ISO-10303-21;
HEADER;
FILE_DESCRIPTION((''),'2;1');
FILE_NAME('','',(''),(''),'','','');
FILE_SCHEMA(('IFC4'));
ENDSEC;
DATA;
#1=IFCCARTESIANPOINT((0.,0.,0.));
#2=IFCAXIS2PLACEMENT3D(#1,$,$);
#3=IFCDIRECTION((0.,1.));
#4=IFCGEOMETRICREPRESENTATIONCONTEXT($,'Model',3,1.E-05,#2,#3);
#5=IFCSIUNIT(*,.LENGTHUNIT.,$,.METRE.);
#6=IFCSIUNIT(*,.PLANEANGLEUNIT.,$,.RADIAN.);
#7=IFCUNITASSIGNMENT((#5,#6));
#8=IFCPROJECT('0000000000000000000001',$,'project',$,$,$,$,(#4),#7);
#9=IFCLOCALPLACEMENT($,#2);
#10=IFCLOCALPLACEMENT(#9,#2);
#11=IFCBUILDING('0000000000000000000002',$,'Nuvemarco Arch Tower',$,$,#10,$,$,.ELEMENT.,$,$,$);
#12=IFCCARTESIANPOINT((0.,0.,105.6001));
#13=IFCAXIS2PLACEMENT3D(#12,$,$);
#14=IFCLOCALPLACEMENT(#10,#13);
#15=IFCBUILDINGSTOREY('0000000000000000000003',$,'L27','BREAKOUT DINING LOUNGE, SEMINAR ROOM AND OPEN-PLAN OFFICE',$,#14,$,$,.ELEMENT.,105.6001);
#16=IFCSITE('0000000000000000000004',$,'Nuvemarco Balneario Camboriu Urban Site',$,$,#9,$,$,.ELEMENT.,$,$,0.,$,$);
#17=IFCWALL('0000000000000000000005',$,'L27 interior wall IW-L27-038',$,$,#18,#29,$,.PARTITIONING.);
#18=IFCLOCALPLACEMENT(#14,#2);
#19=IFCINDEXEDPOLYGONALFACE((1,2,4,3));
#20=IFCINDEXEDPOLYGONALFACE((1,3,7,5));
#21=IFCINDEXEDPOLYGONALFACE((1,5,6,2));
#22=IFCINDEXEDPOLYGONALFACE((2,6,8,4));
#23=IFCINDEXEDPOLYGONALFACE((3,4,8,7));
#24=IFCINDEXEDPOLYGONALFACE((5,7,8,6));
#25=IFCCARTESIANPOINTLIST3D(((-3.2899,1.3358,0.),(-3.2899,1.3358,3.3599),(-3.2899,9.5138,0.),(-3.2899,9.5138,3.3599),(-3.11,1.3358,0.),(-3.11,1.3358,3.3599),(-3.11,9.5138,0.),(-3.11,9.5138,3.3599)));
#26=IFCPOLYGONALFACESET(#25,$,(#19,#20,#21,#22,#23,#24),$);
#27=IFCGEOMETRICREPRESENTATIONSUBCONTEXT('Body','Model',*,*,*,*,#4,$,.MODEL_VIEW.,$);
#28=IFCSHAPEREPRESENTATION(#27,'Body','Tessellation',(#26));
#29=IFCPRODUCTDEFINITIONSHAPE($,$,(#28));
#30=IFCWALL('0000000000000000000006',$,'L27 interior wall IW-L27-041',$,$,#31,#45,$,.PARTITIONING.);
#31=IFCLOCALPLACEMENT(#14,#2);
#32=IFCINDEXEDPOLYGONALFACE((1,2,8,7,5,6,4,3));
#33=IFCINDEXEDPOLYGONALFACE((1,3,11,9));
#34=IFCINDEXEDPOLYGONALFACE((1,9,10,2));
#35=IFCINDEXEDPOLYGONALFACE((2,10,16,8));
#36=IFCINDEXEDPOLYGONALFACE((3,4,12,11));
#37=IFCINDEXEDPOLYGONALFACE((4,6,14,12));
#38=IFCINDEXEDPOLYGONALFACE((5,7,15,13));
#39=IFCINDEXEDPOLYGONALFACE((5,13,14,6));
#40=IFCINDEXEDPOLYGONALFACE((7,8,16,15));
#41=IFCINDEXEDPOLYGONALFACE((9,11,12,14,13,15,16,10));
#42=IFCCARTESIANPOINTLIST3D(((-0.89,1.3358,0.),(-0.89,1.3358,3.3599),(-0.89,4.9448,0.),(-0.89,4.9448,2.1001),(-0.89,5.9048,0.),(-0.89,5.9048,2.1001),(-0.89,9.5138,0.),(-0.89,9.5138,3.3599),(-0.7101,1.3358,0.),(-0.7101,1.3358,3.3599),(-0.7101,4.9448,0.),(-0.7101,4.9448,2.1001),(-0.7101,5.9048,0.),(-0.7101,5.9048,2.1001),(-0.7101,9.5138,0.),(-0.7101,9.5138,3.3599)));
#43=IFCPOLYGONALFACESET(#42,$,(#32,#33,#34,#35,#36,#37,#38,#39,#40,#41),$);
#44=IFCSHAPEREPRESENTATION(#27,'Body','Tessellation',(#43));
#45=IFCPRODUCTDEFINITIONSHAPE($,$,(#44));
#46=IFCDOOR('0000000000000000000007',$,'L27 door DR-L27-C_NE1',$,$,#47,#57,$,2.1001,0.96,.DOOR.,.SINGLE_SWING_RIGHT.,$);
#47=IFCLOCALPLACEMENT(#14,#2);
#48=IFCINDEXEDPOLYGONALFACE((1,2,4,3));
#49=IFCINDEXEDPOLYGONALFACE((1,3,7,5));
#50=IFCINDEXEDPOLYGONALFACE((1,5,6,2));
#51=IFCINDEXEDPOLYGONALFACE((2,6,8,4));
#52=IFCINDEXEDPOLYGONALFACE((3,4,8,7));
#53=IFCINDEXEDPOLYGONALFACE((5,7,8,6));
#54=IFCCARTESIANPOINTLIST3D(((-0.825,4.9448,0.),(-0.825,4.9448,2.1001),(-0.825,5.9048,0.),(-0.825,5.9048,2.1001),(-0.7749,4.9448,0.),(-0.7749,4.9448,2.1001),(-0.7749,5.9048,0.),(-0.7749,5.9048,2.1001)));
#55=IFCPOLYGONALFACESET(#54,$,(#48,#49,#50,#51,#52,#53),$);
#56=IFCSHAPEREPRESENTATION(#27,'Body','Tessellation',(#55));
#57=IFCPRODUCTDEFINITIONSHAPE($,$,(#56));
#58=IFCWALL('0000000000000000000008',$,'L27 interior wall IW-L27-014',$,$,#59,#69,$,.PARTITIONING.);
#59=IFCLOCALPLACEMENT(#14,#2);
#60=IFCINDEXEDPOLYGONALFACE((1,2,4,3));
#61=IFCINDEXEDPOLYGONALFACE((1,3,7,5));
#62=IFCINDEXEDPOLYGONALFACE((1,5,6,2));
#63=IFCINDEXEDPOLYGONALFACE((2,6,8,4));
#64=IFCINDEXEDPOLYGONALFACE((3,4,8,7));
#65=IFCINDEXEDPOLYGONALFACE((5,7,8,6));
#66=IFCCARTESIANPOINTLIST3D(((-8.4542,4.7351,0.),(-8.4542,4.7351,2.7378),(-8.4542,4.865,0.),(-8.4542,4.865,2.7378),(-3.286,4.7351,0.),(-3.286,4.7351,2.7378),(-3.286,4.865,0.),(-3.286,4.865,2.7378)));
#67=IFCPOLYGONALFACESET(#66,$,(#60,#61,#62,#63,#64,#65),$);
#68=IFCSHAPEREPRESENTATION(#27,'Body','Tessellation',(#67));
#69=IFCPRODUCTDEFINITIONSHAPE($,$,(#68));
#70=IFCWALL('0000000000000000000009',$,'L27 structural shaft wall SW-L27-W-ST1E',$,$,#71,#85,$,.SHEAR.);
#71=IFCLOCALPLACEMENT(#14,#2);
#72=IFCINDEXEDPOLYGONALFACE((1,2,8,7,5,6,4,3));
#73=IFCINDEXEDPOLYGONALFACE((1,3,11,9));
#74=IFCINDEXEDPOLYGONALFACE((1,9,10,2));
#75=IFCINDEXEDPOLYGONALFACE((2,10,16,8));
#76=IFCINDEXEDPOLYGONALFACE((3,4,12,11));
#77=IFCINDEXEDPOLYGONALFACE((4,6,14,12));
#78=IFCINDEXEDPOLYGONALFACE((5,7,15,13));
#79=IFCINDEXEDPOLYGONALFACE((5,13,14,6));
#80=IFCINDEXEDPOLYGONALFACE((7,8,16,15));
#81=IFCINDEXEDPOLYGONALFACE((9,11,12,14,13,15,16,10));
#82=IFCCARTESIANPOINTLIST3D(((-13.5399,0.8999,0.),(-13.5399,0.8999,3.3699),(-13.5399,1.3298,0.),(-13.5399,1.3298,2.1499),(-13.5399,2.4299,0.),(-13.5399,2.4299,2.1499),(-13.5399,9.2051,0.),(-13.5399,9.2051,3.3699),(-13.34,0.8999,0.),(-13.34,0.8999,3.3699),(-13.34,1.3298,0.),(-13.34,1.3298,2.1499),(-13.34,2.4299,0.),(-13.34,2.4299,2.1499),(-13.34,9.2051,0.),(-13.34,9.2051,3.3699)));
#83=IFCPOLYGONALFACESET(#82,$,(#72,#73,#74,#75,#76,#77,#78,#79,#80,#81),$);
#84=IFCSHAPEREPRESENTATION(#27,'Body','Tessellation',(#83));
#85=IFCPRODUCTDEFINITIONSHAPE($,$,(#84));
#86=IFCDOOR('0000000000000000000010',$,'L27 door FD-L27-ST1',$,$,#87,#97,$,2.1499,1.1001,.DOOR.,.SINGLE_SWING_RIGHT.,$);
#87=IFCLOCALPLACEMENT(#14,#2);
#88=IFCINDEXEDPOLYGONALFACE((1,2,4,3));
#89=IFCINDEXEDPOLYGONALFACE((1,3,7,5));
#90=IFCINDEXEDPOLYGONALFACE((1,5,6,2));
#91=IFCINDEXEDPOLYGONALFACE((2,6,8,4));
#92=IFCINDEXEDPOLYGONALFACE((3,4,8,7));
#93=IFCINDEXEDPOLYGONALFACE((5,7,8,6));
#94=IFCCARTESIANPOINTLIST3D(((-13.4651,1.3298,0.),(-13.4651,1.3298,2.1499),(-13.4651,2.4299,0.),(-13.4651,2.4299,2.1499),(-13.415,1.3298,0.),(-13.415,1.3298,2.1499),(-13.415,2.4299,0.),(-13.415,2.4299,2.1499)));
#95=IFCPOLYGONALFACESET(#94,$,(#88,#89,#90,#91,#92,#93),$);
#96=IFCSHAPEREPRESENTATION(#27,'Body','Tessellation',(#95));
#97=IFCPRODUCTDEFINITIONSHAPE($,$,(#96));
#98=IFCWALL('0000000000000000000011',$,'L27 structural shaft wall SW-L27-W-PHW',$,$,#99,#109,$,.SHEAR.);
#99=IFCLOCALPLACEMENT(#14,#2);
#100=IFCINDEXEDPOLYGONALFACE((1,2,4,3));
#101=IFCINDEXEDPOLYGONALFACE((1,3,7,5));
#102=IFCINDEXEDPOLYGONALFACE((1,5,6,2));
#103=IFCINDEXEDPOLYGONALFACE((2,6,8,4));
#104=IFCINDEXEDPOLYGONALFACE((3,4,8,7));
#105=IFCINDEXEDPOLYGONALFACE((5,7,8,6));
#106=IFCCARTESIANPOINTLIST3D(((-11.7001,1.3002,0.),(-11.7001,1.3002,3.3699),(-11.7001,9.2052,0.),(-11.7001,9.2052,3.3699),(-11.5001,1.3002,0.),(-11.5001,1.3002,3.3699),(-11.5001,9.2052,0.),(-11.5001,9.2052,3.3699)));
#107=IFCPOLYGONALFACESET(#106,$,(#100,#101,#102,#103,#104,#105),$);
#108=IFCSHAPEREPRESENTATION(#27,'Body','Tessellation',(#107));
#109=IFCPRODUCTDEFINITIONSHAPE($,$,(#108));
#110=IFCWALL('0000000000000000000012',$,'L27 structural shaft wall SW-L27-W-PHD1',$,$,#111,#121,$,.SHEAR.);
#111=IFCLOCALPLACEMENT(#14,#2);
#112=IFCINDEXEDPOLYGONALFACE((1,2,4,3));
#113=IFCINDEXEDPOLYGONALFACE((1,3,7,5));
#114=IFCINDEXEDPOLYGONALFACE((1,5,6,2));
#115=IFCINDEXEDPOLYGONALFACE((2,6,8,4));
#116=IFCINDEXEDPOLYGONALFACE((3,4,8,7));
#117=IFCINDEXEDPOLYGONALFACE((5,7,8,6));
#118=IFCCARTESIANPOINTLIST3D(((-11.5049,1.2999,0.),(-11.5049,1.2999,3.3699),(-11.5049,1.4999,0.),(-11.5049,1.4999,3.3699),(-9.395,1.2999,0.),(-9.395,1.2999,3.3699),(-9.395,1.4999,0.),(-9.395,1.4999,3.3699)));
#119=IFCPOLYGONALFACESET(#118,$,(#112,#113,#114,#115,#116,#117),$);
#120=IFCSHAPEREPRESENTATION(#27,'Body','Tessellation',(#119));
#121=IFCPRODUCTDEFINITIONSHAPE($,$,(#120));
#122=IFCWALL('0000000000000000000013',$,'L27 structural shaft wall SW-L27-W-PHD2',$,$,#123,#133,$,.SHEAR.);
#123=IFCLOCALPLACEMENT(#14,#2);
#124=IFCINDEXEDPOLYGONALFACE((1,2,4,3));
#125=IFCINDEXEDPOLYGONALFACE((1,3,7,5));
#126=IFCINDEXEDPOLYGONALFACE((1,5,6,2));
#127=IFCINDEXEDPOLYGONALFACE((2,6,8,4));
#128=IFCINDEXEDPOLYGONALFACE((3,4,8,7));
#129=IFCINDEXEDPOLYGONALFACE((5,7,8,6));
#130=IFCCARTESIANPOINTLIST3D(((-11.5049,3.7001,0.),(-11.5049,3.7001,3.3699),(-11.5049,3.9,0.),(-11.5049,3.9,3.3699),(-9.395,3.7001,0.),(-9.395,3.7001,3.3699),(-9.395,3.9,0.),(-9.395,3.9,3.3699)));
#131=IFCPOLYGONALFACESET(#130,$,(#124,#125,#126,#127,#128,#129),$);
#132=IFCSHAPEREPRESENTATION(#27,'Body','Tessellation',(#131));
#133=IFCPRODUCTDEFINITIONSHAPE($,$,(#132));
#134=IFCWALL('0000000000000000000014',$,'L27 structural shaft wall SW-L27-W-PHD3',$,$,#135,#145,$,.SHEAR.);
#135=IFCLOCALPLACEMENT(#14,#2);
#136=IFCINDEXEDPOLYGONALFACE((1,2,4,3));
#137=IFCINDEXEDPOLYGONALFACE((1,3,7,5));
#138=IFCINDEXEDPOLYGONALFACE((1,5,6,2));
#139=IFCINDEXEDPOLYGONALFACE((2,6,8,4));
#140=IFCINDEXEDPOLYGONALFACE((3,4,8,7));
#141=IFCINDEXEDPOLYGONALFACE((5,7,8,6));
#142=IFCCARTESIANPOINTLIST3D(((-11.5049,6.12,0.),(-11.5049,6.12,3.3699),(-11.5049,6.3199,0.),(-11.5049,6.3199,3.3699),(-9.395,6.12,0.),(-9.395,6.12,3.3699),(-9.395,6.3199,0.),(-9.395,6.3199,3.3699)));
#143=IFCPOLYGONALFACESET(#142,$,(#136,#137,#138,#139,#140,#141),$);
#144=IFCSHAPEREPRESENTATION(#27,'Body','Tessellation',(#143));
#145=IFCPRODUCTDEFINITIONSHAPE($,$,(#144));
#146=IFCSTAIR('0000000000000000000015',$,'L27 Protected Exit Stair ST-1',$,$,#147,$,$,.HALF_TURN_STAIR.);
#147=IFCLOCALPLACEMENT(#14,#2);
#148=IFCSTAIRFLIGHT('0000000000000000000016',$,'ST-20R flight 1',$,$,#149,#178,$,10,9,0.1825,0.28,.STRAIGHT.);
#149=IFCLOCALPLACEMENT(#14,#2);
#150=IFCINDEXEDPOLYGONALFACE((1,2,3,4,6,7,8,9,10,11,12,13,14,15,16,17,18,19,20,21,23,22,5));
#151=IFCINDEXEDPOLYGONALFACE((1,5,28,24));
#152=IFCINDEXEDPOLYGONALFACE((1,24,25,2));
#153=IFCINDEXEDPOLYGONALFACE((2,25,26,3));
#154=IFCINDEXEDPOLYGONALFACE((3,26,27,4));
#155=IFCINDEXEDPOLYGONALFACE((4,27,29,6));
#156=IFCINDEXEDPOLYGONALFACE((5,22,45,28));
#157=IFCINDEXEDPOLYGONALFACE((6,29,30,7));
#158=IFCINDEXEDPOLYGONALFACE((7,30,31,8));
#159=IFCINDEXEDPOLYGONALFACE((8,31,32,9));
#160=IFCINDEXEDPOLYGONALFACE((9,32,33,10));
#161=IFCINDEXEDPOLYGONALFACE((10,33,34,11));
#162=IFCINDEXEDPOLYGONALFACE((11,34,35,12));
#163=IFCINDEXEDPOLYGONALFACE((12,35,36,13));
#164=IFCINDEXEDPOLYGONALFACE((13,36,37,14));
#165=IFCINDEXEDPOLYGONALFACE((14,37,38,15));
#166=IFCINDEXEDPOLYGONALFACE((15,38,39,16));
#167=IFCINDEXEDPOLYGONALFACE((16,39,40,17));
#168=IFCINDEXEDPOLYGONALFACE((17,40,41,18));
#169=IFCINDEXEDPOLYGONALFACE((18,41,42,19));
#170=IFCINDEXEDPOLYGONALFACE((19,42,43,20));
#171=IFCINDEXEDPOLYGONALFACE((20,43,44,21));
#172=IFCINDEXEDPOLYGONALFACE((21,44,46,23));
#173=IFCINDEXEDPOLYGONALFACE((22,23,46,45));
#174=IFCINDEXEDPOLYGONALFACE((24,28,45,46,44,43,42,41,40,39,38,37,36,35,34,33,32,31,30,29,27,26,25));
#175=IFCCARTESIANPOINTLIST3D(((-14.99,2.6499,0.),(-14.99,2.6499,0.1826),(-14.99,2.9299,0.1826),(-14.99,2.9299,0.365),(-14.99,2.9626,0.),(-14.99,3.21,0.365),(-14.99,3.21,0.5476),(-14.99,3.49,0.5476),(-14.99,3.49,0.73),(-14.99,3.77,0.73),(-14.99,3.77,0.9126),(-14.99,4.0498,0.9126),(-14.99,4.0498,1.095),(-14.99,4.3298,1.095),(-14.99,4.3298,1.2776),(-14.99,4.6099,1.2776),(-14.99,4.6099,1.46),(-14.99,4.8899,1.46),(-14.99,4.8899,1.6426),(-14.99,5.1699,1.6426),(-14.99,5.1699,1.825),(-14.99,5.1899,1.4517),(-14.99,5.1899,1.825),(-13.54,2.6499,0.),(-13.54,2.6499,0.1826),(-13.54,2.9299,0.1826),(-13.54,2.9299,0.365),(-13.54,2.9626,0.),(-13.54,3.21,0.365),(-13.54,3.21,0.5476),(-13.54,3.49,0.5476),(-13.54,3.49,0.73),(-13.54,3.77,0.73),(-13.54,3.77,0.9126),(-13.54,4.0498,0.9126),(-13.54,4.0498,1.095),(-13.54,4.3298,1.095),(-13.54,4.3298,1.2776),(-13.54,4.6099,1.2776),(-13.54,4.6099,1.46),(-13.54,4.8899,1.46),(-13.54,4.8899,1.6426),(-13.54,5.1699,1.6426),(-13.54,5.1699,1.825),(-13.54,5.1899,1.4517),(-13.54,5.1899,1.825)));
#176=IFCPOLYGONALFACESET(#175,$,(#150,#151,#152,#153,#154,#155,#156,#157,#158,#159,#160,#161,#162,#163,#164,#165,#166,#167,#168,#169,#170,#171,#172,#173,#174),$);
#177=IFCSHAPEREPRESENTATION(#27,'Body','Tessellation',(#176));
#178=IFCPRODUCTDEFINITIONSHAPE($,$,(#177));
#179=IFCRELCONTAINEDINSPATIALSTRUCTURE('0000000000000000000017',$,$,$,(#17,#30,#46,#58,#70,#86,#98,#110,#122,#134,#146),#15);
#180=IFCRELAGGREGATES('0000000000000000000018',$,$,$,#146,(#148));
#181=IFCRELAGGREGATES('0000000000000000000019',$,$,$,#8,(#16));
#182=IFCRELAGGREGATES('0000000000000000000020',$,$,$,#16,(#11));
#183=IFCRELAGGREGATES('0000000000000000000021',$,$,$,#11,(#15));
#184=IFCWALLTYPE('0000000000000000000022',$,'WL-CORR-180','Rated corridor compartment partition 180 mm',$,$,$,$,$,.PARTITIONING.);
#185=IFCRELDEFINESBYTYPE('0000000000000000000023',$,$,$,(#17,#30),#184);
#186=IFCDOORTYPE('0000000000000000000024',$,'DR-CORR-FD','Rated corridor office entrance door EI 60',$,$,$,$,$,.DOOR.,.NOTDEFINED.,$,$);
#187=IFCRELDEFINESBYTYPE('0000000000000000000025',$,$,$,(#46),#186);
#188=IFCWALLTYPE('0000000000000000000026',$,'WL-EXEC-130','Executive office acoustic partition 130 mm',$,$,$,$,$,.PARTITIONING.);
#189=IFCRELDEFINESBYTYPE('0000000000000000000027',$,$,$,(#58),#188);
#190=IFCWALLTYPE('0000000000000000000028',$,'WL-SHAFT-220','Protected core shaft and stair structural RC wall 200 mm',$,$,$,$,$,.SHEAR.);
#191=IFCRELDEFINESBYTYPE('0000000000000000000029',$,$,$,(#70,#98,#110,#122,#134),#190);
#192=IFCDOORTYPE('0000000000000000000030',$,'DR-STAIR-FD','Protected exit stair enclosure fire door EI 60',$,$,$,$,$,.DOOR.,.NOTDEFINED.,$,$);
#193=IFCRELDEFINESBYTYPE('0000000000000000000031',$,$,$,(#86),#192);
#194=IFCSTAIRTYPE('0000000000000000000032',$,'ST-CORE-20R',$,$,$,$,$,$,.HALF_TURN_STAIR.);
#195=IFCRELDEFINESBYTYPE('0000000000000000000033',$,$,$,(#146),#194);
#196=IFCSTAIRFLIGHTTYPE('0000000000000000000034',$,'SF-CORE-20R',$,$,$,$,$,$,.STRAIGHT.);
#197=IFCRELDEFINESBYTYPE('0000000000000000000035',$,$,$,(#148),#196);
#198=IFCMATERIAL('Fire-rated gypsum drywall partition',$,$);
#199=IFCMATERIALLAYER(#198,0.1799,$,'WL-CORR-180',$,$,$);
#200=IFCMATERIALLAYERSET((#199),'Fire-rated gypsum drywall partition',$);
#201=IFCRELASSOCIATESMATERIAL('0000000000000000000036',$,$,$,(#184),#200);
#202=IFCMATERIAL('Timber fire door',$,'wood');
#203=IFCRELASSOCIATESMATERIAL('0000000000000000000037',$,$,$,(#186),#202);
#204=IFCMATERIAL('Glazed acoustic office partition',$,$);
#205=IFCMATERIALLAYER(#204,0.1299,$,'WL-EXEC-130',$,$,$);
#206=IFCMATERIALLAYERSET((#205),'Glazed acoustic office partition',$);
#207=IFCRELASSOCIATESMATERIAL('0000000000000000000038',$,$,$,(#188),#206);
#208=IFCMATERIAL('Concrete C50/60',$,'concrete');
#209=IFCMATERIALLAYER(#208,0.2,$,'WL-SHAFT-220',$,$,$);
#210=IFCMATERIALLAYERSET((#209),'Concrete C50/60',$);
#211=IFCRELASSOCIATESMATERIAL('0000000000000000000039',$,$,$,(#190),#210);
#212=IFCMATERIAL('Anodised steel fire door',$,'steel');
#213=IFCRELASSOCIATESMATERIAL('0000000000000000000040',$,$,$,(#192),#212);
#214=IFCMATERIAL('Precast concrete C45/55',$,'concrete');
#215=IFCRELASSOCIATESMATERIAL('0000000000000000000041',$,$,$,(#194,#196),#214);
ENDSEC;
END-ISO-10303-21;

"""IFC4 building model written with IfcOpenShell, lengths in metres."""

from ifc_helpers import new_model, si_unit, direction, frame, frame_2d, origin, place, context, subcontext, project, spatial, polyline, rectangle, outline, extrude, source, transform, mapped, material, layer, layer_set, type_object, type_shapes, element, fill, aggregate, save


model = new_model("IFC4")

# Units and contexts
model_context = context("Model", 3, precision=1e-05, world=origin(), true_north=direction((0.0, 1.0)))
body_context = subcontext(model_context, "Body", "Model", "MODEL_VIEW")
ifc_project = project(units=[si_unit("LENGTHUNIT", "METRE"), si_unit("PLANEANGLEUNIT", "RADIAN")], contexts=[model_context])

# Site, building, storey
site_placement = place(None, origin())
site = spatial("IfcSite", under=ifc_project, at=site_placement, Name="Nuvemarco Balneario Camboriu Urban Site", CompositionType="ELEMENT", RefElevation=0.0)
building_placement = place(site_placement, origin())
building = spatial("IfcBuilding", under=site, at=building_placement, Name="Nuvemarco Arch Tower", CompositionType="ELEMENT")
storey_placement = place(building_placement, frame((0.0, 0.0, 105.6001)))
storey = spatial("IfcBuildingStorey", under=building, at=storey_placement, Name="L27", Description="BREAKOUT DINING LOUNGE, SEMINAR ROOM AND OPEN-PLAN OFFICE", CompositionType="ELEMENT", Elevation=105.6001)

# Shared definitions
ifc_material_1 = material(Name="Fire-rated gypsum drywall partition")
ifc_layer_1 = layer(ifc_material_1, 0.1799, Name="WL-CORR-180")
ifc_layer_set_1 = layer_set([ifc_layer_1], Name="Fire-rated gypsum drywall partition")
wall_type_1 = type_object("IfcWallType", Name="WL-CORR-180", Description="Rated corridor compartment partition 180 mm", PredefinedType="PARTITIONING", material=ifc_layer_set_1)
ifc_material_2 = material(Name="Timber fire door", Category="wood")
door_type_1 = type_object("IfcDoorType", Name="DR-CORR-FD", Description="Rated corridor office entrance door EI 60", OperationType="NOTDEFINED", PredefinedType="DOOR", material=ifc_material_2)
shared_shape_1 = source(origin(), body_context, "Body", "SweptSolid", [
    extrude(rectangle(XDim=0.96, YDim=2.1001, at=frame_2d((0.48, 1.05))), frame((0.0, 0.0249, 0.0), z_axis=(0.0, -1.0, 0.0), x_axis=(1.0, 0.0, 0.0)), (0.0, 0.0, 1.0), 0.05),
])
type_shapes(door_type_1, [shared_shape_1])

# Wall
wall_1_placement = place(storey_placement, frame((-3.2, 1.3359, 0.0), z_axis=(0.0, 0.0, 1.0), x_axis=(0.0, 1.0, 0.0)))
element("IfcWall", 1, at=wall_1_placement, inside=storey, type_object=wall_type_1, Name="L27 interior wall IW-L27-038", PredefinedType="PARTITIONING", context=body_context, shape_type="SweptSolid", body=[
    extrude(rectangle(XDim=8.178, YDim=0.1799, at=frame_2d((4.0889, 0.0))), origin(), (0.0, 0.0, 1.0), 3.3599),
])

# Wall, opening, door
wall_2_placement = place(storey_placement, frame((-0.8, 1.3359, 0.0), z_axis=(0.0, 0.0, 1.0), x_axis=(0.0, 1.0, 0.0)))
wall_2 = element("IfcWall", 2, at=wall_2_placement, inside=storey, type_object=wall_type_1, Name="L27 interior wall IW-L27-041", PredefinedType="PARTITIONING", context=body_context, shape_type="SweptSolid", body=[
    extrude(rectangle(XDim=8.178, YDim=0.1799, at=frame_2d((4.0889, 0.0))), origin(), (0.0, 0.0, 1.0), 3.3599),
])
opening_1_placement = place(wall_2_placement, frame((3.6089, 0.0, 0.0)))
opening_1 = element("IfcOpeningElement", 3, at=opening_1_placement, cuts=wall_2, PredefinedType="OPENING", context=body_context, shape_type="SweptSolid", body=[
    extrude(rectangle(XDim=0.96, YDim=2.1001, at=frame_2d((0.48, 1.05))), frame((0.0, 0.0999, 0.0), z_axis=(0.0, -1.0, 0.0), x_axis=(1.0, 0.0, 0.0)), (0.0, 0.0, 1.0), 0.2),
])
door_1_placement = place(opening_1_placement, origin())
door_1 = element("IfcDoor", 4, at=door_1_placement, inside=storey, type_object=door_type_1, Name="L27 door DR-L27-C_NE1", OperationType="SINGLE_SWING_RIGHT", OverallHeight=2.1001, OverallWidth=0.96, PredefinedType="DOOR", context=body_context, shape_type="MappedRepresentation", body=[
    mapped(shared_shape_1, transform((0.0, 0.0, 0.0), scale=1.0)),
])
fill(opening_1, door_1)

# Wall
ifc_material_3 = material(Name="Glazed acoustic office partition")
ifc_layer_2 = layer(ifc_material_3, 0.1299, Name="WL-EXEC-130")
ifc_layer_set_2 = layer_set([ifc_layer_2], Name="Glazed acoustic office partition")
wall_type_2 = type_object("IfcWallType", Name="WL-EXEC-130", Description="Executive office acoustic partition 130 mm", PredefinedType="PARTITIONING", material=ifc_layer_set_2)
wall_3_placement = place(storey_placement, frame((-8.4541, 4.8, 0.0), z_axis=(0.0, 0.0, 1.0), x_axis=(1.0, 0.0, 0.0)))
element("IfcWall", 5, at=wall_3_placement, inside=storey, type_object=wall_type_2, Name="L27 interior wall IW-L27-014", PredefinedType="PARTITIONING", context=body_context, shape_type="SweptSolid", body=[
    extrude(rectangle(XDim=5.1682, YDim=0.1299, at=frame_2d((2.584, 0.0))), origin(), (0.0, 0.0, 1.0), 2.7378),
])

# Wall, opening, door
ifc_material_4 = material(Name="Concrete C50/60", Category="concrete")
ifc_layer_3 = layer(ifc_material_4, 0.2, Name="WL-SHAFT-220")
ifc_layer_set_3 = layer_set([ifc_layer_3], Name="Concrete C50/60")
wall_type_3 = type_object("IfcWallType", Name="WL-SHAFT-220", Description="Protected core shaft and stair structural RC wall 200 mm", PredefinedType="SHEAR", material=ifc_layer_set_3)
wall_4_placement = place(storey_placement, frame((-13.4399, 0.8999, 0.0), z_axis=(0.0, 0.0, 1.0), x_axis=(0.0, 1.0, 0.0)))
wall_4 = element("IfcWall", 6, at=wall_4_placement, inside=storey, type_object=wall_type_3, Name="L27 structural shaft wall SW-L27-W-ST1E", PredefinedType="SHEAR", context=body_context, shape_type="SweptSolid", body=[
    extrude(rectangle(XDim=8.3052, YDim=0.2, at=frame_2d((4.1526, 0.0))), origin(), (0.0, 0.0, 1.0), 3.3699),
])
opening_2_placement = place(wall_4_placement, frame((1.53, 0.0, 0.0), z_axis=(0.0, 0.0, 1.0), x_axis=(-1.0, 0.0, 0.0)))
opening_2 = element("IfcOpeningElement", 7, at=opening_2_placement, cuts=wall_4, PredefinedType="OPENING", context=body_context, shape_type="SweptSolid", body=[
    extrude(rectangle(XDim=1.1001, YDim=2.1499, at=frame_2d((0.55, 1.075))), frame((0.0, 0.1099, 0.0), z_axis=(0.0, -1.0, 0.0), x_axis=(1.0, 0.0, 0.0)), (0.0, 0.0, 1.0), 0.22),
])
ifc_material_5 = material(Name="Anodised steel fire door", Category="steel")
door_type_2 = type_object("IfcDoorType", Name="DR-STAIR-FD", Description="Protected exit stair enclosure fire door EI 60", OperationType="NOTDEFINED", PredefinedType="DOOR", material=ifc_material_5)
shared_shape_2 = source(origin(), body_context, "Body", "SweptSolid", [
    extrude(rectangle(XDim=1.1001, YDim=2.1499, at=frame_2d((0.55, 1.075))), frame((0.0, 0.0249, 0.0), z_axis=(0.0, -1.0, 0.0), x_axis=(1.0, 0.0, 0.0)), (0.0, 0.0, 1.0), 0.05),
])
type_shapes(door_type_2, [shared_shape_2])
door_2_placement = place(opening_2_placement, origin())
door_2 = element("IfcDoor", 8, at=door_2_placement, inside=storey, type_object=door_type_2, Name="L27 door FD-L27-ST1", OperationType="SINGLE_SWING_RIGHT", OverallHeight=2.1499, OverallWidth=1.1001, PredefinedType="DOOR", context=body_context, shape_type="MappedRepresentation", body=[
    mapped(shared_shape_2, transform((0.0, 0.0, 0.0), scale=1.0)),
])
fill(opening_2, door_2)

# Walls
wall_5_placement = place(storey_placement, frame((-11.6001, 1.3, 0.0), z_axis=(0.0, 0.0, 1.0), x_axis=(0.0, 1.0, 0.0)))
element("IfcWall", 9, at=wall_5_placement, inside=storey, type_object=wall_type_3, Name="L27 structural shaft wall SW-L27-W-PHW", PredefinedType="SHEAR", context=body_context, shape_type="SweptSolid", body=[
    extrude(rectangle(XDim=7.905, YDim=0.2, at=frame_2d((3.9526, 0.0))), origin(), (0.0, 0.0, 1.0), 3.3699),
])
for number, where, z_axis, x_axis, name in (
    (10, (-11.5049, 1.3999, 0.0), (0.0, 0.0, 1.0), (1.0, 0.0, 0.0), "L27 structural shaft wall SW-L27-W-PHD1"),
    (11, (-11.5049, 3.8, 0.0), (0.0, 0.0, 1.0), (1.0, 0.0, 0.0), "L27 structural shaft wall SW-L27-W-PHD2"),
    (12, (-11.5049, 6.22, 0.0), (0.0, 0.0, 1.0), (1.0, 0.0, 0.0), "L27 structural shaft wall SW-L27-W-PHD3"),
):
    element("IfcWall", number, at=place(storey_placement, frame(where, z_axis=z_axis, x_axis=x_axis)), inside=storey, type_object=wall_type_3, Name=name, PredefinedType="SHEAR", context=body_context, shape_type="SweptSolid", body=[
        extrude(rectangle(XDim=2.1099, YDim=0.2, at=frame_2d((1.0549, 0.0))), origin(), (0.0, 0.0, 1.0), 3.3699),
    ])

# Stair, stair flight
ifc_material_6 = material(Name="Precast concrete C45/55", Category="concrete")
stair_type = type_object("IfcStairType", Name="ST-CORE-20R", PredefinedType="HALF_TURN_STAIR", material=ifc_material_6)
stair_placement = place(storey_placement, origin())
stair = element("IfcStair", 13, at=stair_placement, inside=storey, type_object=stair_type, Name="L27 Protected Exit Stair ST-1", PredefinedType="HALF_TURN_STAIR")
stair_flight_type = type_object("IfcStairFlightType", Name="SF-CORE-20R", PredefinedType="STRAIGHT", material=ifc_material_6)
stair_flight_placement = place(storey_placement, frame((-14.2649, 2.6499, 0.0), z_axis=(0.0, 0.0, 1.0), x_axis=(0.0, 1.0, 0.0)))
stair_flight = element("IfcStairFlight", 14, at=stair_flight_placement, type_object=stair_flight_type, Name="ST-20R flight 1", NumberOfRisers=10, NumberOfTreads=9, PredefinedType="STRAIGHT", RiserHeight=0.1825, TreadLength=0.28, context=body_context, shape_type="SweptSolid", body=[
    extrude(outline(polyline([(0.0, 0.0), (0.0, 0.1826), (0.28, 0.1826), (0.28, 0.365), (0.5601, 0.365), (0.5601, 0.5476), (0.8401, 0.5476), (0.8401, 0.73), (1.1201, 0.73), (1.1201, 0.9126), (1.3999, 0.9126), (1.3999, 1.095), (1.6799, 1.095), (1.6799, 1.2776), (1.96, 1.2776), (1.96, 1.46), (2.24, 1.46), (2.24, 1.6426), (2.52, 1.6426), (2.52, 1.825), (2.54, 1.825), (2.54, 1.4517), (0.3127, 0.0), (0.0, 0.0)])), frame((0.0, 0.7251, 0.0), z_axis=(0.0, -1.0, 0.0), x_axis=(1.0, 0.0, 0.0)), (0.0, 0.0, 1.0), 1.45),
])
aggregate(stair, [stair_flight])

save(model, "model.ifc")
